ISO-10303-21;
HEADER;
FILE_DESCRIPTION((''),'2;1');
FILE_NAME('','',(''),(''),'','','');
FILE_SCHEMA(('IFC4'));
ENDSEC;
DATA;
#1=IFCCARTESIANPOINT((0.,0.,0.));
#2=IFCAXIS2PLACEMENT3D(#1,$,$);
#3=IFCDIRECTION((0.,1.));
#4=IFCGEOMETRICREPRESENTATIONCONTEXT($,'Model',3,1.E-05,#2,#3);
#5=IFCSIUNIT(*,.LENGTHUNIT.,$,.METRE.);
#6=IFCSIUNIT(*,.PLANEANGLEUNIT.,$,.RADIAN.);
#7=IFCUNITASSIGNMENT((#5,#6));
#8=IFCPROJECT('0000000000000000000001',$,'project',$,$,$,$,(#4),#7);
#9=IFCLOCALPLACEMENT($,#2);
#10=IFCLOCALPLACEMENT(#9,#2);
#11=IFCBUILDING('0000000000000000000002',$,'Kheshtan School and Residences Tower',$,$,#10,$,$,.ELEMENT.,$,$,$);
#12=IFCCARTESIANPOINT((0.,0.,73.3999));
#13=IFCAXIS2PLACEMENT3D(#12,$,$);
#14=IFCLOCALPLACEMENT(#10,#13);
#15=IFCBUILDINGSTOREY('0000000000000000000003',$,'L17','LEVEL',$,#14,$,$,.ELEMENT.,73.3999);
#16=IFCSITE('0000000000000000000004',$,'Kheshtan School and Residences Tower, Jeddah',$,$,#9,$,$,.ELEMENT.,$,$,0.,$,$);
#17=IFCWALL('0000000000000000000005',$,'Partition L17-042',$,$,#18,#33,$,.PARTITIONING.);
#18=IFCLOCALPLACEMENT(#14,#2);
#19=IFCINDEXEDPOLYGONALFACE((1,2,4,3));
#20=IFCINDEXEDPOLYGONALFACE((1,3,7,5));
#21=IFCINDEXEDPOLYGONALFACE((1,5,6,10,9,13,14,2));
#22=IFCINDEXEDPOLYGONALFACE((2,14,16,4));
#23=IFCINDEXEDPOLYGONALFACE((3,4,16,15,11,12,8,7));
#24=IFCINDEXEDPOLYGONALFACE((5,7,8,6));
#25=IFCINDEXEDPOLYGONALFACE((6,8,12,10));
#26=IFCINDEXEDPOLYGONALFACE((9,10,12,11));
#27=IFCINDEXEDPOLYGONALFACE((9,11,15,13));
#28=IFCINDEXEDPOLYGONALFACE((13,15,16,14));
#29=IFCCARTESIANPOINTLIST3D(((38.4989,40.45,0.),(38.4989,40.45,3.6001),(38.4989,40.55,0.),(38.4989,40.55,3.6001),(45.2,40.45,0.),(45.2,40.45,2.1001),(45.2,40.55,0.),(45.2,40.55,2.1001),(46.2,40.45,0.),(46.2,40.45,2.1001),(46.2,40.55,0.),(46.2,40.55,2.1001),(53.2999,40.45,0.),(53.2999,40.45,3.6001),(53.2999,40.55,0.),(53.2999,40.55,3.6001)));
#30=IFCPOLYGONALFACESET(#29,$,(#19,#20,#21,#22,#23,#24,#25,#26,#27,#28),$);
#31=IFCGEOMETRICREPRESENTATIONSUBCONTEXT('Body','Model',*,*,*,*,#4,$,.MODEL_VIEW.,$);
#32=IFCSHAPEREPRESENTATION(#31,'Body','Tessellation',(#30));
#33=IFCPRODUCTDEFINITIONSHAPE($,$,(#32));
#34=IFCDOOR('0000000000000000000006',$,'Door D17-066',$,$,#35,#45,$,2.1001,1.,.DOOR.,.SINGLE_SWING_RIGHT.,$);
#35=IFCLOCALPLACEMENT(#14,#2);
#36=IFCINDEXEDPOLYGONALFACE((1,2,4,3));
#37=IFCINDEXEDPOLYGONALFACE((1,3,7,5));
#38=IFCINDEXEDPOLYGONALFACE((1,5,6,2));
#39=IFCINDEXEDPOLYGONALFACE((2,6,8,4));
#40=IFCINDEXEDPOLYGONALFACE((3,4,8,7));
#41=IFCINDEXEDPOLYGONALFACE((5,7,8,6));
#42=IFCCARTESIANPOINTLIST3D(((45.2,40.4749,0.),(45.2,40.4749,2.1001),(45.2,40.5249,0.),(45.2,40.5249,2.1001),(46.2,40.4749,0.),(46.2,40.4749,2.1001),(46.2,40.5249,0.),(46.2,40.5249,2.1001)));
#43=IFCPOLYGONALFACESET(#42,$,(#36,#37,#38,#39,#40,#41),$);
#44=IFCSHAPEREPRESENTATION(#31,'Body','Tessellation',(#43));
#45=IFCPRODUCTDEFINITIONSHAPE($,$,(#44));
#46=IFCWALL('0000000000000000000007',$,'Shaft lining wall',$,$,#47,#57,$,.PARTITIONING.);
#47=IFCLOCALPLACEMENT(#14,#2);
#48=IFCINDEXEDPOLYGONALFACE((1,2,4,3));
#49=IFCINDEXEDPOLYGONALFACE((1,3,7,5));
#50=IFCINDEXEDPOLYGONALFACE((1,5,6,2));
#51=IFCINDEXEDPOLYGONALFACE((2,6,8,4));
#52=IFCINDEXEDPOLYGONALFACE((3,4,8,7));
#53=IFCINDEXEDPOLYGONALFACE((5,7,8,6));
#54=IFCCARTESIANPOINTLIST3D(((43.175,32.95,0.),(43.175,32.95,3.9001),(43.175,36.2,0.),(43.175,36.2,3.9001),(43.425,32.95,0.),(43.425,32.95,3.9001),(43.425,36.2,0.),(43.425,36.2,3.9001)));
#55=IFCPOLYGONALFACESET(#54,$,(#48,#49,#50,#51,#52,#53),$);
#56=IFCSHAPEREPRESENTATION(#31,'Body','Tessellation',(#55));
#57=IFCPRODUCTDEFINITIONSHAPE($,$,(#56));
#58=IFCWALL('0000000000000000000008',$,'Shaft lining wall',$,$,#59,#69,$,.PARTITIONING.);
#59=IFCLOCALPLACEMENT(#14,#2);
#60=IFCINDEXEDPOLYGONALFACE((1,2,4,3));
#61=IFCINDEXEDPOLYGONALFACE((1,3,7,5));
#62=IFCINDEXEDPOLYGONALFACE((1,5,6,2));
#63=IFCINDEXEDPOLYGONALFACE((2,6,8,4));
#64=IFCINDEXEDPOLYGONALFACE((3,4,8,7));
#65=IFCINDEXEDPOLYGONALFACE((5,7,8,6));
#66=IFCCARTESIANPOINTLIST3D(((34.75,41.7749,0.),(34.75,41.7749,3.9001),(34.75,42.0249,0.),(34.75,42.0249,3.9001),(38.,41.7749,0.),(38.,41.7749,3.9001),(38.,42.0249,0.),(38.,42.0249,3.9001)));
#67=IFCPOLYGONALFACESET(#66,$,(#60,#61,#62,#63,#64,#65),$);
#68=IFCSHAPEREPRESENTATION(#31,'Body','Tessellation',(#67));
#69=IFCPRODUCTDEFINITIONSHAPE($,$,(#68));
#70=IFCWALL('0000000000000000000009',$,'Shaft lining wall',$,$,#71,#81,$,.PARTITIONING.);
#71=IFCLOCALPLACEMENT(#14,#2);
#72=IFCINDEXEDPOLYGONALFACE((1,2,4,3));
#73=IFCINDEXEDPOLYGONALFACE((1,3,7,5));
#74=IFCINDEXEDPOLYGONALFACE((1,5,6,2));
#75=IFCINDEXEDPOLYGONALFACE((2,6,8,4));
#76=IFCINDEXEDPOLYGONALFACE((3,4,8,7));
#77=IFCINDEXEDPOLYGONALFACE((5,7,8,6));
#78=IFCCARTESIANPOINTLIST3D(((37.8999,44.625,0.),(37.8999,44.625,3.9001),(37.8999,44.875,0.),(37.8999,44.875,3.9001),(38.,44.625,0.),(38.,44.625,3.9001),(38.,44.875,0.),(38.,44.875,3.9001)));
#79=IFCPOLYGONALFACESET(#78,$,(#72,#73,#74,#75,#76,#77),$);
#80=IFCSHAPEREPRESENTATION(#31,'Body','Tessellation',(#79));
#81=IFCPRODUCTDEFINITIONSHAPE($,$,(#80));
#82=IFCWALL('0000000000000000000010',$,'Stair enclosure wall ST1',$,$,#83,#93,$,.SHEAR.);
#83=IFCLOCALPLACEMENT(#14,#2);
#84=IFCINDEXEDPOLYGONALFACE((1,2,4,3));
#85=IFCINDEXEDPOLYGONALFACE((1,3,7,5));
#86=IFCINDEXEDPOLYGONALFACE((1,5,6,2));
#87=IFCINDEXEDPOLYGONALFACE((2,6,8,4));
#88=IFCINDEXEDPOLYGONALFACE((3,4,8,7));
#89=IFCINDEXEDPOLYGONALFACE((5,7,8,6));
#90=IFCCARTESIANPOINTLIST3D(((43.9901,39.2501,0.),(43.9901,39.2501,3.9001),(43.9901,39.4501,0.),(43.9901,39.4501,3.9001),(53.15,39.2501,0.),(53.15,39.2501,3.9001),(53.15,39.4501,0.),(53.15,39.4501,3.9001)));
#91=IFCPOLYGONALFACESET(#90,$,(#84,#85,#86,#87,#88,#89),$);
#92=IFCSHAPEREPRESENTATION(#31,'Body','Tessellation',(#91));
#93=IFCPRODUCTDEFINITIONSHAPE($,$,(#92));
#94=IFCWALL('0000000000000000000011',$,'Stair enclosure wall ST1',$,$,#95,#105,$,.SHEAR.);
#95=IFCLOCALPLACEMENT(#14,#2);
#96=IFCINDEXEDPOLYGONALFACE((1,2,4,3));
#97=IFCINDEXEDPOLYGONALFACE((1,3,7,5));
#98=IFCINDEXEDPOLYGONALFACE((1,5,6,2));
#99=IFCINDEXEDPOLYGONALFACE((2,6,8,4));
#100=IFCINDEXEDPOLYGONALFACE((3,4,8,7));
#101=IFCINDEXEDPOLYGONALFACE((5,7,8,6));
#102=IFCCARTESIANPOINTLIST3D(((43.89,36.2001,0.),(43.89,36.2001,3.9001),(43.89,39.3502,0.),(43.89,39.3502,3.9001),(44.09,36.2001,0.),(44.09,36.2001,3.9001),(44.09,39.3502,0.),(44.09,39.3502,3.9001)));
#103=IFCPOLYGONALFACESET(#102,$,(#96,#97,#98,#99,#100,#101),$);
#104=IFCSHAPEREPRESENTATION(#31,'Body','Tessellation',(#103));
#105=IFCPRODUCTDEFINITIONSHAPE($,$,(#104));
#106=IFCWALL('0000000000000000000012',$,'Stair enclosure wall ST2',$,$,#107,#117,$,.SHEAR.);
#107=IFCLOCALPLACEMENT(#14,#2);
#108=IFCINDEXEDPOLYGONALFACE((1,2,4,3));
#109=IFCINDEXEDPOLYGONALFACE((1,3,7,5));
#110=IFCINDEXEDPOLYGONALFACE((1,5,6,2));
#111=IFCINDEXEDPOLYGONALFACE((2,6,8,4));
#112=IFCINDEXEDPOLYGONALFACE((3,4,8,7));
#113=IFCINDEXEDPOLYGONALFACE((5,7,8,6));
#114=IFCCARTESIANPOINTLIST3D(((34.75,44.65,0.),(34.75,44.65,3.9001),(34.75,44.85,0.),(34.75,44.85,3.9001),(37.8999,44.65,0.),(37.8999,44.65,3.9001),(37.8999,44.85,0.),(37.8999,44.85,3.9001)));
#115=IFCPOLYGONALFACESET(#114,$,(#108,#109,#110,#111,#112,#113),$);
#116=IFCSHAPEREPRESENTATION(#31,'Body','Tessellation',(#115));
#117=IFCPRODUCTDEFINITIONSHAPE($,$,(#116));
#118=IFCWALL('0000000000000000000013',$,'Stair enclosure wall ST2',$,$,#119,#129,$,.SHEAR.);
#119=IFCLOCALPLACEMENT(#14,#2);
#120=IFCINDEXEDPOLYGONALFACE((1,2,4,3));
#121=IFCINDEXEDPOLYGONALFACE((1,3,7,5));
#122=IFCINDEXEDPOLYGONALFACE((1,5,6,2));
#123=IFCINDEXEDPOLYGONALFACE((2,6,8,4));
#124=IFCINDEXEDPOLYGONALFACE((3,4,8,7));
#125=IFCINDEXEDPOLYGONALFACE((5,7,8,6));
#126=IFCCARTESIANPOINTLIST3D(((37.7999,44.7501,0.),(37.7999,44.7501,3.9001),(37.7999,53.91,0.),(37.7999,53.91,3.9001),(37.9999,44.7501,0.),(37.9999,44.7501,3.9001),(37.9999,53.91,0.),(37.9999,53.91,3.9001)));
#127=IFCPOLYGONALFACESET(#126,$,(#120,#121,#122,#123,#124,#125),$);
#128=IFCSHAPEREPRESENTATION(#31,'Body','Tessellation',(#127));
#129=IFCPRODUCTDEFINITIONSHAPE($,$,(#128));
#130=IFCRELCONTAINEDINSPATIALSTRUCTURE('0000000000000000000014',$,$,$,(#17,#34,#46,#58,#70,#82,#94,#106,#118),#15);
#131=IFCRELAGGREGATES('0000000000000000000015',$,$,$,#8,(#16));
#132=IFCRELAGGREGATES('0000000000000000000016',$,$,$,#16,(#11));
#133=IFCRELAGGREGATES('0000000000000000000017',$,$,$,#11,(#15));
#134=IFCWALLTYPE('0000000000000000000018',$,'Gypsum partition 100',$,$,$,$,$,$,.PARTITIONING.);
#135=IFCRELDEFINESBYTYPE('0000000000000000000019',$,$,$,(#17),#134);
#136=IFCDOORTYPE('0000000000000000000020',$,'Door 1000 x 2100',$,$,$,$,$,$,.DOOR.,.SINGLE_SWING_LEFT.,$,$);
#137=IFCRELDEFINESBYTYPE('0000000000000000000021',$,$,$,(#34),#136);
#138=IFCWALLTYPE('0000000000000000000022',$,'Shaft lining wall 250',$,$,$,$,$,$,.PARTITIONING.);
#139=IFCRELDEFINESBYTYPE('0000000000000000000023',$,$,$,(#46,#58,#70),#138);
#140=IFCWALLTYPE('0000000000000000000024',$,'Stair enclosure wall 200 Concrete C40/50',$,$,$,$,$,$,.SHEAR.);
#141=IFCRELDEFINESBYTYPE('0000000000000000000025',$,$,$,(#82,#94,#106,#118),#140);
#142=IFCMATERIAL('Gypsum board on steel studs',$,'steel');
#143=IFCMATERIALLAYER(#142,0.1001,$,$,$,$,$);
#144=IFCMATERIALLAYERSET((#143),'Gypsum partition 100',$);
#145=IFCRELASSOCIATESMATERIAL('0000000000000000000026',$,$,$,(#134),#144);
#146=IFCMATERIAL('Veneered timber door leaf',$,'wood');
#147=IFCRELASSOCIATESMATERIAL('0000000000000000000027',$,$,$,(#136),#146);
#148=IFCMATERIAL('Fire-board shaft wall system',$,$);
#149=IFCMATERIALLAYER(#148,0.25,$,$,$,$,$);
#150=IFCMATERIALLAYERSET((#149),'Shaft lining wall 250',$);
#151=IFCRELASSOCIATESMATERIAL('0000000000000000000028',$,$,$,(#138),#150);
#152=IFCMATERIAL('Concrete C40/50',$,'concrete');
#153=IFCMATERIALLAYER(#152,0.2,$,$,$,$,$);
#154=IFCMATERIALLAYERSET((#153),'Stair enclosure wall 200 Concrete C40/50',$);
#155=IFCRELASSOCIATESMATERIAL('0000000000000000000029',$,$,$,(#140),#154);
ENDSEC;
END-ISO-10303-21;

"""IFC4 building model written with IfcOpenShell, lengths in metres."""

from ifc_helpers import new_model, si_unit, direction, frame, frame_2d, origin, place, context, subcontext, project, spatial, rectangle, extrude, source, transform, mapped, material, layer, layer_set, type_object, element, fill, save


model = new_model("IFC4")

# Units and contexts
model_context = context("Model", 3, precision=1e-05, world=origin(), true_north=direction((0.0, 1.0)))
body_context = subcontext(model_context, "Body", "Model", "MODEL_VIEW")
ifc_project = project(units=[si_unit("LENGTHUNIT", "METRE"), si_unit("PLANEANGLEUNIT", "RADIAN")], contexts=[model_context])

# Site, building, storey
site_placement = place(None, origin())
site = spatial("IfcSite", under=ifc_project, at=site_placement, Name="Kheshtan School and Residences Tower, Jeddah", CompositionType="ELEMENT", RefElevation=0.0)
building_placement = place(site_placement, origin())
building = spatial("IfcBuilding", under=site, at=building_placement, Name="Kheshtan School and Residences Tower", CompositionType="ELEMENT")
storey_placement = place(building_placement, frame((0.0, 0.0, 73.3999)))
storey = spatial("IfcBuildingStorey", under=building, at=storey_placement, Name="L17", Description="LEVEL", CompositionType="ELEMENT", Elevation=73.3999)

# Wall, opening, door
ifc_material_1 = material(Name="Gypsum board on steel studs", Category="steel")
ifc_layer_1 = layer(ifc_material_1, 0.1001)
ifc_layer_set_1 = layer_set([ifc_layer_1], Name="Gypsum partition 100")
wall_type_1 = type_object("IfcWallType", Name="Gypsum partition 100", PredefinedType="PARTITIONING", material=ifc_layer_set_1)
wall_1_placement = place(storey_placement, frame((38.499, 40.5, 0.0), z_axis=(0.0, 0.0, 1.0), x_axis=(1.0, 0.0, 0.0)))
wall_1 = element("IfcWall", 1, at=wall_1_placement, inside=storey, type_object=wall_type_1, Name="Partition L17-042", PredefinedType="PARTITIONING", context=body_context, shape_type="SweptSolid", body=[
    extrude(rectangle(XDim=14.801, YDim=0.1001, at=frame_2d((7.4004, 0.0))), origin(), (0.0, 0.0, 1.0), 3.6001),
])
opening_1_placement = place(wall_1_placement, frame((6.7009, 0.0, 0.0)))
opening_1 = element("IfcOpeningElement", 2, at=opening_1_placement, cuts=wall_1, PredefinedType="OPENING", context=body_context, shape_type="SweptSolid", body=[
    extrude(rectangle(XDim=1.0, YDim=2.1001, at=frame_2d((0.5, 1.05))), frame((0.0, 0.0601, 0.0), z_axis=(0.0, -1.0, 0.0), x_axis=(1.0, 0.0, 0.0)), (0.0, 0.0, 1.0), 0.1201),
])
ifc_material_2 = material(Name="Veneered timber door leaf", Category="wood")
door_type_1 = type_object("IfcDoorType", Name="Door 1000 x 2100", OperationType="SINGLE_SWING_LEFT", PredefinedType="DOOR", material=ifc_material_2)
shared_shape_1 = source(origin(), body_context, "Body", "SweptSolid", [
    extrude(rectangle(XDim=1.0, YDim=2.1001, at=frame_2d((0.5, 1.05))), frame((0.0, 0.0249, 0.0), z_axis=(0.0, -1.0, 0.0), x_axis=(1.0, 0.0, 0.0)), (0.0, 0.0, 1.0), 0.05),
])
door_1_placement = place(opening_1_placement, origin())
door_1 = element("IfcDoor", 3, at=door_1_placement, inside=storey, type_object=door_type_1, Name="Door D17-066", OperationType="SINGLE_SWING_RIGHT", OverallHeight=2.1001, OverallWidth=1.0, PredefinedType="DOOR", context=body_context, shape_type="MappedRepresentation", body=[
    mapped(shared_shape_1, transform((0.0, 0.0, 0.0), x_axis=(1.0, 0.0, 0.0), y_axis=(0.0, 1.0, 0.0), z_axis=(0.0, 0.0, 1.0), scale=1.0)),
])
fill(opening_1, door_1)

# Walls
ifc_material_3 = material(Name="Fire-board shaft wall system")
ifc_layer_2 = layer(ifc_material_3, 0.25)
ifc_layer_set_2 = layer_set([ifc_layer_2], Name="Shaft lining wall 250")
wall_type_2 = type_object("IfcWallType", Name="Shaft lining wall 250", PredefinedType="PARTITIONING", material=ifc_layer_set_2)
for number, where, z_axis, x_axis, name in (
    (4, (43.3, 32.95, 0.0), (0.0, 0.0, 1.0), (0.0, 1.0, 0.0), "Shaft lining wall"),
    (5, (34.75, 41.8999, 0.0), (0.0, 0.0, 1.0), (1.0, 0.0, 0.0), "Shaft lining wall"),
):
    element("IfcWall", number, at=place(storey_placement, frame(where, z_axis=z_axis, x_axis=x_axis)), inside=storey, type_object=wall_type_2, Name=name, PredefinedType="PARTITIONING", context=body_context, shape_type="SweptSolid", body=[
        extrude(rectangle(XDim=3.25, YDim=0.25, at=frame_2d((1.625, 0.0))), origin(), (0.0, 0.0, 1.0), 3.9001),
    ])
wall_2_placement = place(storey_placement, frame((37.8999, 44.75, 0.0), z_axis=(0.0, 0.0, 1.0), x_axis=(1.0, 0.0, 0.0)))
element("IfcWall", 6, at=wall_2_placement, inside=storey, type_object=wall_type_2, Name="Shaft lining wall", PredefinedType="PARTITIONING", context=body_context, shape_type="SweptSolid", body=[
    extrude(rectangle(XDim=0.1001, YDim=0.25, at=frame_2d((0.05, 0.0))), origin(), (0.0, 0.0, 1.0), 3.9001),
])
ifc_material_4 = material(Name="Concrete C40/50", Category="concrete")
ifc_layer_3 = layer(ifc_material_4, 0.2)
ifc_layer_set_3 = layer_set([ifc_layer_3], Name="Stair enclosure wall 200 Concrete C40/50")
wall_type_3 = type_object("IfcWallType", Name="Stair enclosure wall 200 Concrete C40/50", PredefinedType="SHEAR", material=ifc_layer_set_3)
wall_3_placement = place(storey_placement, frame((43.99, 39.3501, 0.0), z_axis=(0.0, 0.0, 1.0), x_axis=(1.0, 0.0, 0.0)))
element("IfcWall", 7, at=wall_3_placement, inside=storey, type_object=wall_type_3, Name="Stair enclosure wall ST1", PredefinedType="SHEAR", context=body_context, shape_type="SweptSolid", body=[
    extrude(rectangle(XDim=9.1599, YDim=0.2, at=frame_2d((4.5801, 0.0))), origin(), (0.0, 0.0, 1.0), 3.9001),
])
wall_4_placement = place(storey_placement, frame((43.99, 36.2, 0.0), z_axis=(0.0, 0.0, 1.0), x_axis=(0.0, 1.0, 0.0)))
element("IfcWall", 8, at=wall_4_placement, inside=storey, type_object=wall_type_3, Name="Stair enclosure wall ST1", PredefinedType="SHEAR", context=body_context, shape_type="SweptSolid", body=[
    extrude(rectangle(XDim=3.1501, YDim=0.2, at=frame_2d((1.5752, 0.0))), origin(), (0.0, 0.0, 1.0), 3.9001),
])
wall_5_placement = place(storey_placement, frame((34.75, 44.75, 0.0), z_axis=(0.0, 0.0, 1.0), x_axis=(1.0, 0.0, 0.0)))
element("IfcWall", 9, at=wall_5_placement, inside=storey, type_object=wall_type_3, Name="Stair enclosure wall ST2", PredefinedType="SHEAR", context=body_context, shape_type="SweptSolid", body=[
    extrude(rectangle(XDim=3.1499, YDim=0.2, at=frame_2d((1.575, 0.0))), origin(), (0.0, 0.0, 1.0), 3.9001),
])
wall_6_placement = place(storey_placement, frame((37.8999, 44.75, 0.0), z_axis=(0.0, 0.0, 1.0), x_axis=(0.0, 1.0, 0.0)))
element("IfcWall", 10, at=wall_6_placement, inside=storey, type_object=wall_type_3, Name="Stair enclosure wall ST2", PredefinedType="SHEAR", context=body_context, shape_type="SweptSolid", body=[
    extrude(rectangle(XDim=9.1599, YDim=0.2, at=frame_2d((4.5801, 0.0))), origin(), (0.0, 0.0, 1.0), 3.9001),
])

save(model, "model.ifc")
